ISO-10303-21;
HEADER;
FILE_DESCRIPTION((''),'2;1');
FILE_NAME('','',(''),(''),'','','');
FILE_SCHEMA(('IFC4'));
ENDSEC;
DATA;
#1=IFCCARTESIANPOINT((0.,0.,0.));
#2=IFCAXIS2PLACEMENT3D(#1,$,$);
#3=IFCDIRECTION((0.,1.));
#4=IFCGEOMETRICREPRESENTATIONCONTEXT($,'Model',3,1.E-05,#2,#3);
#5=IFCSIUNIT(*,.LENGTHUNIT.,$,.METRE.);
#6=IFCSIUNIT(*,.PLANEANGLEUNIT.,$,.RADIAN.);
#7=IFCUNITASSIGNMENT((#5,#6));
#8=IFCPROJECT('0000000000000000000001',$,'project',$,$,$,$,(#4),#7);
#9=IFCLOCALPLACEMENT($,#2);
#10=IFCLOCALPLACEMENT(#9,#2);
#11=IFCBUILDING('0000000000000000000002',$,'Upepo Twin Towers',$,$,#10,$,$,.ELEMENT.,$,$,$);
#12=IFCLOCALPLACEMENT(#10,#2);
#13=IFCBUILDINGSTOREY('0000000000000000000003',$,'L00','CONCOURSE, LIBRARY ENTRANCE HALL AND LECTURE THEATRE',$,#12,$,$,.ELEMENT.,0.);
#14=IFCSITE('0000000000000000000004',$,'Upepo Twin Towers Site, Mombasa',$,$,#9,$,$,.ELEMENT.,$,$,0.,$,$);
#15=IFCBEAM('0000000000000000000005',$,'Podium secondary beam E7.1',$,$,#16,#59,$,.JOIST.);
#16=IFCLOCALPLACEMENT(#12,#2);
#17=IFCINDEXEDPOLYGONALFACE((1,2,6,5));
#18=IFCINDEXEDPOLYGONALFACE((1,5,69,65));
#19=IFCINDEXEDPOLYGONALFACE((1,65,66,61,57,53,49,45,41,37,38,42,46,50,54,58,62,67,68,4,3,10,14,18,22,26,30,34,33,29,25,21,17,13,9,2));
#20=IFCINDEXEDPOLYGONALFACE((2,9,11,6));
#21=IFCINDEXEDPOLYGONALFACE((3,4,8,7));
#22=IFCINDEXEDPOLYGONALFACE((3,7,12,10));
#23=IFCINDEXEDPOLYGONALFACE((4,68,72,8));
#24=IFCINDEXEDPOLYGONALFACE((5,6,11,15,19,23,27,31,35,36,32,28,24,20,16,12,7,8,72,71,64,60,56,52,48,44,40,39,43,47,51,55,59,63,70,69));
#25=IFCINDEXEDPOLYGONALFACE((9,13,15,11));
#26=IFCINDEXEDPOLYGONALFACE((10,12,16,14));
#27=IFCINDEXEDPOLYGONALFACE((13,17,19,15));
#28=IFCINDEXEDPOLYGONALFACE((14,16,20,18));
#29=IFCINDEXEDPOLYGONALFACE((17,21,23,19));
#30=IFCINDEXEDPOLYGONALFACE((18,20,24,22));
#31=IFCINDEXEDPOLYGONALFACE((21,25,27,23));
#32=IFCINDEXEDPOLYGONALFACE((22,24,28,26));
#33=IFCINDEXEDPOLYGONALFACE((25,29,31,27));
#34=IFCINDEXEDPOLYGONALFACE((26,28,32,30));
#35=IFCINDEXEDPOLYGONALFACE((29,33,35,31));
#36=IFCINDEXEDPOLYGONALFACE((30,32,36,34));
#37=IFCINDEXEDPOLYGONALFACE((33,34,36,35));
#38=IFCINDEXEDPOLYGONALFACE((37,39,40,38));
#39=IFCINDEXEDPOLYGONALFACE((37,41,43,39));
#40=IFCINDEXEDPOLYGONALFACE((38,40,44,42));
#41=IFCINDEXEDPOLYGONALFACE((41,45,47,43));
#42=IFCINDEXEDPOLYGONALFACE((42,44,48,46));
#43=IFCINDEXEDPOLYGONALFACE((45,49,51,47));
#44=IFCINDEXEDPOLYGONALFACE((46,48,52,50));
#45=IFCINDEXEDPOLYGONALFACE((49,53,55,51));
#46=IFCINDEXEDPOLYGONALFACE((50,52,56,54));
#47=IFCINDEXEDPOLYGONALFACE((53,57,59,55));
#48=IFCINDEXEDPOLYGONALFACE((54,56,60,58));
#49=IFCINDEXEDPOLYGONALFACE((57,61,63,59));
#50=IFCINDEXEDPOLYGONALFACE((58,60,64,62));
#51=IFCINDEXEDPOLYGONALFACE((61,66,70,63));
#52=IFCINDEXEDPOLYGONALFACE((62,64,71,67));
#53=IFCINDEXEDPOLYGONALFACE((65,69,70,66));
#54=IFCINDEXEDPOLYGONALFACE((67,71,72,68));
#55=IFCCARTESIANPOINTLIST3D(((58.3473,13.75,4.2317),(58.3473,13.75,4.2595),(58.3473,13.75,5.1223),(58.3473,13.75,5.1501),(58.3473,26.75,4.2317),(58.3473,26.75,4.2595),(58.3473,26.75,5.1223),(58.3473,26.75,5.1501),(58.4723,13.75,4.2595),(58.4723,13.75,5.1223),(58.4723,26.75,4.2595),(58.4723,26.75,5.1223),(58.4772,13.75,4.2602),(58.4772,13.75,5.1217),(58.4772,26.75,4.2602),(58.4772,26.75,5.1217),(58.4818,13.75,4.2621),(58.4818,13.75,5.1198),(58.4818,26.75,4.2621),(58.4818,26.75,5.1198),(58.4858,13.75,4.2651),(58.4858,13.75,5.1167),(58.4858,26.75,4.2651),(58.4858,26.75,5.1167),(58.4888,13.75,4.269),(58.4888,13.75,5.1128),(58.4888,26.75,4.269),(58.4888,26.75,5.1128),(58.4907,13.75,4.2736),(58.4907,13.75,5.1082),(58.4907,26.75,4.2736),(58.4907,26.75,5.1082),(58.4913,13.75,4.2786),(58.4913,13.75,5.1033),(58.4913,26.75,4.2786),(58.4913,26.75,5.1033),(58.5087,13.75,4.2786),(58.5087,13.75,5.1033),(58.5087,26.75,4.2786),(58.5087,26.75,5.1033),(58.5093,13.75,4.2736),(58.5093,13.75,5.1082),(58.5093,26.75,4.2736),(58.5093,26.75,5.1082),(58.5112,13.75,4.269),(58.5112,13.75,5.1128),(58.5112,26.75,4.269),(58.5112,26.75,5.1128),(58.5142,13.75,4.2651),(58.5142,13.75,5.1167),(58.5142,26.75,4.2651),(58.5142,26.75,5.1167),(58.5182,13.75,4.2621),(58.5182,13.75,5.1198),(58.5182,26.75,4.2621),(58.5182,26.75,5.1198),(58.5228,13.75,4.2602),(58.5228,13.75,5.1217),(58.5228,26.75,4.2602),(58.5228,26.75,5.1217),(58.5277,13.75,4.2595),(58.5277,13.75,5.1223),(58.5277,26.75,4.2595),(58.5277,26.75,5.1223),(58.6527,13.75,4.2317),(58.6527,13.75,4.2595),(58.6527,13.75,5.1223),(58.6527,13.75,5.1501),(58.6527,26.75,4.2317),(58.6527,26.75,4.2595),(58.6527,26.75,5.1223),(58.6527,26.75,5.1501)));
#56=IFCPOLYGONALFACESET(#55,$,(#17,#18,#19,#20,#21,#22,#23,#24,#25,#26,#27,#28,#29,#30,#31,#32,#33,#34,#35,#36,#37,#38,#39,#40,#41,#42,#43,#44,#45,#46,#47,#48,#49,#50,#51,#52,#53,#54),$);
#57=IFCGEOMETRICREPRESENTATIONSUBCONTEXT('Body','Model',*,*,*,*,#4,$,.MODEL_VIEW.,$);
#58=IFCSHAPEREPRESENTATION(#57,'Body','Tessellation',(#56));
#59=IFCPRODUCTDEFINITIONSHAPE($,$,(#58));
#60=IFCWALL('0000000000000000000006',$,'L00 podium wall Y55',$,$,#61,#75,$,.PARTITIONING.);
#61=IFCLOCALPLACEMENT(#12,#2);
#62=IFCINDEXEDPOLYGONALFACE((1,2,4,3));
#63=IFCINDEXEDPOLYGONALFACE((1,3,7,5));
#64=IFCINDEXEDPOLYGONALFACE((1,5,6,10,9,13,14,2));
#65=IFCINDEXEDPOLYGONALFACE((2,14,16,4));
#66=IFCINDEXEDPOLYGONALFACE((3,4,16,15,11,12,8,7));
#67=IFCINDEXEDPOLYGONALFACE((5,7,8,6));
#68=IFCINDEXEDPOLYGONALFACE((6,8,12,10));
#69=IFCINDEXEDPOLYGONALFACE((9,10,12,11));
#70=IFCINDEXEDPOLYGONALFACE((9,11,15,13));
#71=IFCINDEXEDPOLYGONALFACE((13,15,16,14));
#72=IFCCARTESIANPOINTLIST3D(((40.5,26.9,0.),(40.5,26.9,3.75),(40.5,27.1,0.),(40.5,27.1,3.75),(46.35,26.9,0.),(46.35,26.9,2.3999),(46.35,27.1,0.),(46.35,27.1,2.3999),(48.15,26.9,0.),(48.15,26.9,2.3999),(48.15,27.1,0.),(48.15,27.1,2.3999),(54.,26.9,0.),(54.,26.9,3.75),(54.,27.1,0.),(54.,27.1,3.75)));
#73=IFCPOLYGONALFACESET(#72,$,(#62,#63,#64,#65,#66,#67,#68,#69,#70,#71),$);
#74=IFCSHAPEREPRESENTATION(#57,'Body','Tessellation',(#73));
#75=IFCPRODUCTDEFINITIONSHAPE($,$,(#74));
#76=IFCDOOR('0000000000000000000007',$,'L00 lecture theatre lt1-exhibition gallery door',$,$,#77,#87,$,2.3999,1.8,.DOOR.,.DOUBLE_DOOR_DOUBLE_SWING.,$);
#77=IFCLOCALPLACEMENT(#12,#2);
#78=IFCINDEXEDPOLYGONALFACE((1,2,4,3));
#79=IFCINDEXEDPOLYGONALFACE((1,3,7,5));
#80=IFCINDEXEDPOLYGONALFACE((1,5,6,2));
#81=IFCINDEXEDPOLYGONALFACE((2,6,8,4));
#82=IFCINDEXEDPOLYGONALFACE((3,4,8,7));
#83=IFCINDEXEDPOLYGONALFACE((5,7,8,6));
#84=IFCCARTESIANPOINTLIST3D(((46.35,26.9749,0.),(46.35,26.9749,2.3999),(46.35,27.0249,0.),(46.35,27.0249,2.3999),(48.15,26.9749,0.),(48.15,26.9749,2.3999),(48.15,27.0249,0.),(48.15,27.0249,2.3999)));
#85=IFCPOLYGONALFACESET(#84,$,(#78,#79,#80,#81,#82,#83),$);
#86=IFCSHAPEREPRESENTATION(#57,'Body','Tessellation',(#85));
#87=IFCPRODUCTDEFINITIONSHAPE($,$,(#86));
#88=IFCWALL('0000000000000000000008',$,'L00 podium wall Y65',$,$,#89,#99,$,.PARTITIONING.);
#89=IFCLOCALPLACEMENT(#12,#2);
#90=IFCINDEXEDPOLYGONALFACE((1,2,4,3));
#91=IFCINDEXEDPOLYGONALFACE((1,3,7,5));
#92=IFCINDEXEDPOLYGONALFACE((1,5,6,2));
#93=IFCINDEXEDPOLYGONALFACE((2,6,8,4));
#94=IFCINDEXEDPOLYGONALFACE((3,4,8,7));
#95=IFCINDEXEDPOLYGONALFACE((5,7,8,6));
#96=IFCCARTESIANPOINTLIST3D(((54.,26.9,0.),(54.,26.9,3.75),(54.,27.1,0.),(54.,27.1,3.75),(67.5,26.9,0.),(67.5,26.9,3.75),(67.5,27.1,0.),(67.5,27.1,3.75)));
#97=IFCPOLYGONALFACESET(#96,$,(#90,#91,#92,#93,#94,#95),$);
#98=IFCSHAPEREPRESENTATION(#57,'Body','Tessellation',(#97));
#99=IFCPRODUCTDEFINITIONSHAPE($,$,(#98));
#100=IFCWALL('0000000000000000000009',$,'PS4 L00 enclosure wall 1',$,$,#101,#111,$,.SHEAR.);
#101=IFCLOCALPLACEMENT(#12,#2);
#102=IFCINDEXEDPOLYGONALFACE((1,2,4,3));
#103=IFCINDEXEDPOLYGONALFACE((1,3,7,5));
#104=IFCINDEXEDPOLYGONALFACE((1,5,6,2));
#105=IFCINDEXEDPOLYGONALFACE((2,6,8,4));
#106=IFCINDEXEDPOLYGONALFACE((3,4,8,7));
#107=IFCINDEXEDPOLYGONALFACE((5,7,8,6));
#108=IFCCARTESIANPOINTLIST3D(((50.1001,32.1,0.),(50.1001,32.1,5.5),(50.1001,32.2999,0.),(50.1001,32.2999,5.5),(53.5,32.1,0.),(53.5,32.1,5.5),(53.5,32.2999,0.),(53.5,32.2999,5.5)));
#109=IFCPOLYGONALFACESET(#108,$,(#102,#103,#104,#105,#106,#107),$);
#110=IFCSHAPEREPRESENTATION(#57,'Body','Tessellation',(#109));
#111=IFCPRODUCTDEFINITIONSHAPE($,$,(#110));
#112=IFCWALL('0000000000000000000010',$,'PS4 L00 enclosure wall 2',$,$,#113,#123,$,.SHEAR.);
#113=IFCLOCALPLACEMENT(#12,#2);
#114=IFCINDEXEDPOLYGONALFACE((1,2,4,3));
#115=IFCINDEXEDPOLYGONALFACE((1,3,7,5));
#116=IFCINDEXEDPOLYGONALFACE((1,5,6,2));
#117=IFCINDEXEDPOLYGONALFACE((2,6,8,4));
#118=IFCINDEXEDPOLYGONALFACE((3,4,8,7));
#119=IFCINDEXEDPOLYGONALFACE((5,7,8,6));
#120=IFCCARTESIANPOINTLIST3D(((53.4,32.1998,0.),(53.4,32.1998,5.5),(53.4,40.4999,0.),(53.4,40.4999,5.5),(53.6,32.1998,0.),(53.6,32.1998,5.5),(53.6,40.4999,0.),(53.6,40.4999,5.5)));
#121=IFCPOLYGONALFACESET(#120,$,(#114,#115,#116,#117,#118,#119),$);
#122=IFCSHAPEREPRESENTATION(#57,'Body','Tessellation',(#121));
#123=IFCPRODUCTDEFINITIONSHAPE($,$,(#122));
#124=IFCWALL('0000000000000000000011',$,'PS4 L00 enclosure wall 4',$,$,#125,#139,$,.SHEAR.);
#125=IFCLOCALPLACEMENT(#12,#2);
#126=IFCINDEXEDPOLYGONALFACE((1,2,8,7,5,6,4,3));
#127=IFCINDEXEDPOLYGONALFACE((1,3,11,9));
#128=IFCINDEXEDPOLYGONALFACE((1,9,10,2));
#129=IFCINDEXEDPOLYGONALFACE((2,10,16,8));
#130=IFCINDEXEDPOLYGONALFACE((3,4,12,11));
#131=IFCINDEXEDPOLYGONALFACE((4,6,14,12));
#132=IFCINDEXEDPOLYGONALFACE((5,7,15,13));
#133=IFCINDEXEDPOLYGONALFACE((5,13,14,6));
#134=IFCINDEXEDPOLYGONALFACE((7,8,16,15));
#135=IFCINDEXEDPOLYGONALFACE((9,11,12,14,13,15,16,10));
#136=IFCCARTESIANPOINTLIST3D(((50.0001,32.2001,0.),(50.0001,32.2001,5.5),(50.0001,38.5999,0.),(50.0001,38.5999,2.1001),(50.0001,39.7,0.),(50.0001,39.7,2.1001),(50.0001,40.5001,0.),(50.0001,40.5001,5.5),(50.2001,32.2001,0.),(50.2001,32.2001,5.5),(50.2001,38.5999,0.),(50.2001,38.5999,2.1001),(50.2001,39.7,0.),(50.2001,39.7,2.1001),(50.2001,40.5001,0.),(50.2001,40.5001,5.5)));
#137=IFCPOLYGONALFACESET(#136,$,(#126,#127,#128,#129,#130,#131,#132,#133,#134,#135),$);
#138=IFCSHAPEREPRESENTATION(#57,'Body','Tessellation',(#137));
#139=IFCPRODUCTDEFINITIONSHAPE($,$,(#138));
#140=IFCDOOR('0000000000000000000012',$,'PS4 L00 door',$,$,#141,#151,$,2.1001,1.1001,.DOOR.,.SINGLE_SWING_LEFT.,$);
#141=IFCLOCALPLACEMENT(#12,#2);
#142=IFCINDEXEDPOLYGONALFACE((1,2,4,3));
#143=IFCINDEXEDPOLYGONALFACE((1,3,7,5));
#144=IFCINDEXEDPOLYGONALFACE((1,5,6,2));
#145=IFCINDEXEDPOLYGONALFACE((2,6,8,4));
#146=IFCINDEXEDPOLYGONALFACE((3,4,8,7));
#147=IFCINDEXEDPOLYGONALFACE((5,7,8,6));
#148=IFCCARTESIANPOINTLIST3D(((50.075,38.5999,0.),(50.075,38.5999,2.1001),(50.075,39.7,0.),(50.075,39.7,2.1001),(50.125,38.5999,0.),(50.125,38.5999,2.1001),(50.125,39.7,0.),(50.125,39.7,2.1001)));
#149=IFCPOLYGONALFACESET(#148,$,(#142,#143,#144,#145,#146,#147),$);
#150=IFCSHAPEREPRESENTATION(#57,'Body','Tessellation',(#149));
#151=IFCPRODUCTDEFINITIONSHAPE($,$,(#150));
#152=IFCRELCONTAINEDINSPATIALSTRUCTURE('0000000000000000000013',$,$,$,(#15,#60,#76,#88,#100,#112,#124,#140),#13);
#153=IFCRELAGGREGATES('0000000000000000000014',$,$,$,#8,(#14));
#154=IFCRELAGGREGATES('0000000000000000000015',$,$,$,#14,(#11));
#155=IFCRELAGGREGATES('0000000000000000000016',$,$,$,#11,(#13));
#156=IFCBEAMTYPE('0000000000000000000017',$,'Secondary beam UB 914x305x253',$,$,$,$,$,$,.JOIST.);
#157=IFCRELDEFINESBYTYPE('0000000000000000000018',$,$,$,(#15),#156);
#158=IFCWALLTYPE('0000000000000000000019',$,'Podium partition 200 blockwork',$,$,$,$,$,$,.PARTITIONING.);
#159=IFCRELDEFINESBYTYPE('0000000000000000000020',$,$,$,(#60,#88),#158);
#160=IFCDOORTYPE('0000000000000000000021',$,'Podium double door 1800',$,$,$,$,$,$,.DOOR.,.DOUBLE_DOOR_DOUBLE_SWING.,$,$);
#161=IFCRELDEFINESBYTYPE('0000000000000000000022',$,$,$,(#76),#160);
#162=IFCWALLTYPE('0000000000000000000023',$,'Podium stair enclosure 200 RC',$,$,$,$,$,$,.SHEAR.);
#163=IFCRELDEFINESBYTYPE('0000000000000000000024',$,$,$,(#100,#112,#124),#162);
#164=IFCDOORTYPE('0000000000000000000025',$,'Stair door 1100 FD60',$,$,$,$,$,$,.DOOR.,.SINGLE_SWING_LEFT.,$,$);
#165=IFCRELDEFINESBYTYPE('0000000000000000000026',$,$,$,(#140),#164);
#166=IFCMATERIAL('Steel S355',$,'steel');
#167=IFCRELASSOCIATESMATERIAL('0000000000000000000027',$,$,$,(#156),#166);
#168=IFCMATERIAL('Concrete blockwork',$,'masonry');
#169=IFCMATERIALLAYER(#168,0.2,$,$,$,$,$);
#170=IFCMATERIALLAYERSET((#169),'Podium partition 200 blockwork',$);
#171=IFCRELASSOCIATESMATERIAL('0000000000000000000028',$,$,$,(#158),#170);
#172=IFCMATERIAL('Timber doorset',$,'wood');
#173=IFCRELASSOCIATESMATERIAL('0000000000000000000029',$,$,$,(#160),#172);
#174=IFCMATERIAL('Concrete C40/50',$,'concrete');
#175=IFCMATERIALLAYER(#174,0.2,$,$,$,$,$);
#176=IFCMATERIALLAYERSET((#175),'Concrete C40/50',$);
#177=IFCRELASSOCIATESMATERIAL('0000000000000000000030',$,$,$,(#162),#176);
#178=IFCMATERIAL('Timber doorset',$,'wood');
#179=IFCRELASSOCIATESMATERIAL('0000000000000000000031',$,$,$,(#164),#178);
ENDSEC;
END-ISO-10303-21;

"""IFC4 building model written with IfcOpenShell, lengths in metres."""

from ifc_helpers import new_model, si_unit, direction, frame, frame_2d, origin, origin_2d, place, context, subcontext, project, spatial, rectangle, i_section, extrude, material, layer, layer_set, material_profile, profile_set, type_object, element, fill, save


model = new_model("IFC4")

# Units and contexts
model_context = context("Model", 3, precision=1e-05, world=origin(), true_north=direction((0.0, 1.0)))
body_context = subcontext(model_context, "Body", "Model", "MODEL_VIEW")
ifc_project = project(units=[si_unit("LENGTHUNIT", "METRE"), si_unit("PLANEANGLEUNIT", "RADIAN")], contexts=[model_context])

# Site, building, storey
site_placement = place(None, origin())
site = spatial("IfcSite", under=ifc_project, at=site_placement, Name="Upepo Twin Towers Site, Mombasa", CompositionType="ELEMENT", RefElevation=0.0)
building_placement = place(site_placement, origin())
building = spatial("IfcBuilding", under=site, at=building_placement, Name="Upepo Twin Towers", CompositionType="ELEMENT")
storey_placement = place(building_placement, origin())
storey = spatial("IfcBuildingStorey", under=building, at=storey_placement, Name="L00", Description="CONCOURSE, LIBRARY ENTRANCE HALL AND LECTURE THEATRE", CompositionType="ELEMENT", Elevation=0.0)

# Beam
ifc_material_1 = material(Name="Steel S355", Category="steel")
ifc_material_profile_1 = material_profile(ifc_material_1, i_section(OverallWidth=0.3054, OverallDepth=0.9185, WebThickness=0.0173, FlangeThickness=0.0278, FilletRadius=0.019, at=origin_2d()), Name="UB 914x305x253")
ifc_profile_set_1 = profile_set([ifc_material_profile_1], Name="Steel S355")
beam_type_1 = type_object("IfcBeamType", Name="Secondary beam UB 914x305x253", PredefinedType="JOIST", material=ifc_profile_set_1)
for number, where, z_axis, x_axis, name in (
    (1, (58.5, 13.75, 4.6909), (0.0, 1.0, 0.0), (-1.0, 0.0, 0.0), "Podium secondary beam E7.1"),
):
    element("IfcBeam", number, at=place(storey_placement, frame(where, z_axis=z_axis, x_axis=x_axis)), inside=storey, type_object=beam_type_1, Name=name, PredefinedType="JOIST", context=body_context, shape_type="SweptSolid", body=[
        extrude(i_section(OverallWidth=0.3054, OverallDepth=0.9185, WebThickness=0.0173, FlangeThickness=0.0278, FilletRadius=0.019, at=origin_2d()), origin(), (0.0, 0.0, 1.0), 13.0),
    ])

# Wall, opening, door
ifc_material_2 = material(Name="Concrete blockwork", Category="masonry")
ifc_layer_1 = layer(ifc_material_2, 0.2)
ifc_layer_set_1 = layer_set([ifc_layer_1], Name="Podium partition 200 blockwork")
wall_type_1 = type_object("IfcWallType", Name="Podium partition 200 blockwork", PredefinedType="PARTITIONING", material=ifc_layer_set_1)
wall_1_placement = place(storey_placement, frame((40.5, 27.0, 0.0), z_axis=(0.0, 0.0, 1.0), x_axis=(1.0, 0.0, 0.0)))
wall_1 = element("IfcWall", 2, at=wall_1_placement, inside=storey, type_object=wall_type_1, Name="L00 podium wall Y55", PredefinedType="PARTITIONING", context=body_context, shape_type="SweptSolid", body=[
    extrude(rectangle(XDim=13.5, YDim=0.2, at=frame_2d((6.75, 0.0))), origin(), (0.0, 0.0, 1.0), 3.75),
])
opening_1_placement = place(wall_1_placement, frame((5.8501, 0.0, 0.0)))
opening_1 = element("IfcOpeningElement", 3, at=opening_1_placement, cuts=wall_1, PredefinedType="OPENING", context=body_context, shape_type="SweptSolid", body=[
    extrude(rectangle(XDim=1.8, YDim=2.3999, at=frame_2d((0.8999, 1.2))), frame((0.0, 0.1099, 0.0), z_axis=(0.0, -1.0, 0.0), x_axis=(1.0, 0.0, 0.0)), (0.0, 0.0, 1.0), 0.22),
])
ifc_material_3 = material(Name="Timber doorset", Category="wood")
door_type_1 = type_object("IfcDoorType", Name="Podium double door 1800", OperationType="DOUBLE_DOOR_DOUBLE_SWING", PredefinedType="DOOR", material=ifc_material_3)
door_1_placement = place(opening_1_placement, origin())
door_1 = element("IfcDoor", 4, at=door_1_placement, inside=storey, type_object=door_type_1, Name="L00 lecture theatre lt1-exhibition gallery door", OperationType="DOUBLE_DOOR_DOUBLE_SWING", OverallHeight=2.3999, OverallWidth=1.8, PredefinedType="DOOR", context=body_context, shape_type="SweptSolid", body=[
    extrude(rectangle(XDim=1.8, YDim=2.3999, at=frame_2d((0.8999, 1.2))), frame((0.0, 0.0249, 0.0), z_axis=(0.0, -1.0, 0.0), x_axis=(1.0, 0.0, 0.0)), (0.0, 0.0, 1.0), 0.05),
])
fill(opening_1, door_1)

# Walls
wall_2_placement = place(storey_placement, frame((54.0, 27.0, 0.0), z_axis=(0.0, 0.0, 1.0), x_axis=(1.0, 0.0, 0.0)))
element("IfcWall", 5, at=wall_2_placement, inside=storey, type_object=wall_type_1, Name="L00 podium wall Y65", PredefinedType="PARTITIONING", context=body_context, shape_type="SweptSolid", body=[
    extrude(rectangle(XDim=13.5, YDim=0.2, at=frame_2d((6.75, 0.0))), origin(), (0.0, 0.0, 1.0), 3.75),
])
ifc_material_4 = material(Name="Concrete C40/50", Category="concrete")
ifc_layer_2 = layer(ifc_material_4, 0.2)
ifc_layer_set_2 = layer_set([ifc_layer_2], Name="Concrete C40/50")
wall_type_2 = type_object("IfcWallType", Name="Podium stair enclosure 200 RC", PredefinedType="SHEAR", material=ifc_layer_set_2)
wall_3_placement = place(storey_placement, frame((50.1001, 32.2, 0.0), z_axis=(0.0, 0.0, 1.0), x_axis=(1.0, 0.0, 0.0)))
element("IfcWall", 6, at=wall_3_placement, inside=storey, type_object=wall_type_2, Name="PS4 L00 enclosure wall 1", PredefinedType="SHEAR", context=body_context, shape_type="SweptSolid", body=[
    extrude(rectangle(XDim=3.3999, YDim=0.2, at=frame_2d((1.7, 0.0))), origin(), (0.0, 0.0, 1.0), 5.5),
])
wall_4_placement = place(storey_placement, frame((53.5, 32.2, 0.0), z_axis=(0.0, 0.0, 1.0), x_axis=(0.0, 1.0, 0.0)))
element("IfcWall", 7, at=wall_4_placement, inside=storey, type_object=wall_type_2, Name="PS4 L00 enclosure wall 2", PredefinedType="SHEAR", context=body_context, shape_type="SweptSolid", body=[
    extrude(rectangle(XDim=8.3, YDim=0.2, at=frame_2d((4.1499, 0.0))), origin(), (0.0, 0.0, 1.0), 5.5),
])

# Wall, opening, door
wall_5_placement = place(storey_placement, frame((50.1001, 40.5, 0.0), z_axis=(0.0, 0.0, 1.0), x_axis=(0.0, -1.0, 0.0)))
wall_5 = element("IfcWall", 8, at=wall_5_placement, inside=storey, type_object=wall_type_2, Name="PS4 L00 enclosure wall 4", PredefinedType="SHEAR", context=body_context, shape_type="SweptSolid", body=[
    extrude(rectangle(XDim=8.3, YDim=0.2, at=frame_2d((4.1499, 0.0))), origin(), (0.0, 0.0, 1.0), 5.5),
])
opening_2_placement = place(wall_5_placement, frame((0.8, 0.0, 0.0)))
opening_2 = element("IfcOpeningElement", 9, at=opening_2_placement, cuts=wall_5, PredefinedType="OPENING", context=body_context, shape_type="SweptSolid", body=[
    extrude(rectangle(XDim=1.1001, YDim=2.1001, at=frame_2d((0.55, 1.05))), frame((0.0, 0.1099, 0.0), z_axis=(0.0, -1.0, 0.0), x_axis=(1.0, 0.0, 0.0)), (0.0, 0.0, 1.0), 0.22),
])
ifc_material_5 = material(Name="Timber doorset", Category="wood")
door_type_2 = type_object("IfcDoorType", Name="Stair door 1100 FD60", OperationType="SINGLE_SWING_LEFT", PredefinedType="DOOR", material=ifc_material_5)
door_2_placement = place(opening_2_placement, origin())
door_2 = element("IfcDoor", 10, at=door_2_placement, inside=storey, type_object=door_type_2, Name="PS4 L00 door", OperationType="SINGLE_SWING_LEFT", OverallHeight=2.1001, OverallWidth=1.1001, PredefinedType="DOOR", context=body_context, shape_type="SweptSolid", body=[
    extrude(rectangle(XDim=1.1001, YDim=2.1001, at=frame_2d((0.55, 1.05))), frame((0.0, 0.0249, 0.0), z_axis=(0.0, -1.0, 0.0), x_axis=(1.0, 0.0, 0.0)), (0.0, 0.0, 1.0), 0.05),
])
fill(opening_2, door_2)

save(model, "model.ifc")
